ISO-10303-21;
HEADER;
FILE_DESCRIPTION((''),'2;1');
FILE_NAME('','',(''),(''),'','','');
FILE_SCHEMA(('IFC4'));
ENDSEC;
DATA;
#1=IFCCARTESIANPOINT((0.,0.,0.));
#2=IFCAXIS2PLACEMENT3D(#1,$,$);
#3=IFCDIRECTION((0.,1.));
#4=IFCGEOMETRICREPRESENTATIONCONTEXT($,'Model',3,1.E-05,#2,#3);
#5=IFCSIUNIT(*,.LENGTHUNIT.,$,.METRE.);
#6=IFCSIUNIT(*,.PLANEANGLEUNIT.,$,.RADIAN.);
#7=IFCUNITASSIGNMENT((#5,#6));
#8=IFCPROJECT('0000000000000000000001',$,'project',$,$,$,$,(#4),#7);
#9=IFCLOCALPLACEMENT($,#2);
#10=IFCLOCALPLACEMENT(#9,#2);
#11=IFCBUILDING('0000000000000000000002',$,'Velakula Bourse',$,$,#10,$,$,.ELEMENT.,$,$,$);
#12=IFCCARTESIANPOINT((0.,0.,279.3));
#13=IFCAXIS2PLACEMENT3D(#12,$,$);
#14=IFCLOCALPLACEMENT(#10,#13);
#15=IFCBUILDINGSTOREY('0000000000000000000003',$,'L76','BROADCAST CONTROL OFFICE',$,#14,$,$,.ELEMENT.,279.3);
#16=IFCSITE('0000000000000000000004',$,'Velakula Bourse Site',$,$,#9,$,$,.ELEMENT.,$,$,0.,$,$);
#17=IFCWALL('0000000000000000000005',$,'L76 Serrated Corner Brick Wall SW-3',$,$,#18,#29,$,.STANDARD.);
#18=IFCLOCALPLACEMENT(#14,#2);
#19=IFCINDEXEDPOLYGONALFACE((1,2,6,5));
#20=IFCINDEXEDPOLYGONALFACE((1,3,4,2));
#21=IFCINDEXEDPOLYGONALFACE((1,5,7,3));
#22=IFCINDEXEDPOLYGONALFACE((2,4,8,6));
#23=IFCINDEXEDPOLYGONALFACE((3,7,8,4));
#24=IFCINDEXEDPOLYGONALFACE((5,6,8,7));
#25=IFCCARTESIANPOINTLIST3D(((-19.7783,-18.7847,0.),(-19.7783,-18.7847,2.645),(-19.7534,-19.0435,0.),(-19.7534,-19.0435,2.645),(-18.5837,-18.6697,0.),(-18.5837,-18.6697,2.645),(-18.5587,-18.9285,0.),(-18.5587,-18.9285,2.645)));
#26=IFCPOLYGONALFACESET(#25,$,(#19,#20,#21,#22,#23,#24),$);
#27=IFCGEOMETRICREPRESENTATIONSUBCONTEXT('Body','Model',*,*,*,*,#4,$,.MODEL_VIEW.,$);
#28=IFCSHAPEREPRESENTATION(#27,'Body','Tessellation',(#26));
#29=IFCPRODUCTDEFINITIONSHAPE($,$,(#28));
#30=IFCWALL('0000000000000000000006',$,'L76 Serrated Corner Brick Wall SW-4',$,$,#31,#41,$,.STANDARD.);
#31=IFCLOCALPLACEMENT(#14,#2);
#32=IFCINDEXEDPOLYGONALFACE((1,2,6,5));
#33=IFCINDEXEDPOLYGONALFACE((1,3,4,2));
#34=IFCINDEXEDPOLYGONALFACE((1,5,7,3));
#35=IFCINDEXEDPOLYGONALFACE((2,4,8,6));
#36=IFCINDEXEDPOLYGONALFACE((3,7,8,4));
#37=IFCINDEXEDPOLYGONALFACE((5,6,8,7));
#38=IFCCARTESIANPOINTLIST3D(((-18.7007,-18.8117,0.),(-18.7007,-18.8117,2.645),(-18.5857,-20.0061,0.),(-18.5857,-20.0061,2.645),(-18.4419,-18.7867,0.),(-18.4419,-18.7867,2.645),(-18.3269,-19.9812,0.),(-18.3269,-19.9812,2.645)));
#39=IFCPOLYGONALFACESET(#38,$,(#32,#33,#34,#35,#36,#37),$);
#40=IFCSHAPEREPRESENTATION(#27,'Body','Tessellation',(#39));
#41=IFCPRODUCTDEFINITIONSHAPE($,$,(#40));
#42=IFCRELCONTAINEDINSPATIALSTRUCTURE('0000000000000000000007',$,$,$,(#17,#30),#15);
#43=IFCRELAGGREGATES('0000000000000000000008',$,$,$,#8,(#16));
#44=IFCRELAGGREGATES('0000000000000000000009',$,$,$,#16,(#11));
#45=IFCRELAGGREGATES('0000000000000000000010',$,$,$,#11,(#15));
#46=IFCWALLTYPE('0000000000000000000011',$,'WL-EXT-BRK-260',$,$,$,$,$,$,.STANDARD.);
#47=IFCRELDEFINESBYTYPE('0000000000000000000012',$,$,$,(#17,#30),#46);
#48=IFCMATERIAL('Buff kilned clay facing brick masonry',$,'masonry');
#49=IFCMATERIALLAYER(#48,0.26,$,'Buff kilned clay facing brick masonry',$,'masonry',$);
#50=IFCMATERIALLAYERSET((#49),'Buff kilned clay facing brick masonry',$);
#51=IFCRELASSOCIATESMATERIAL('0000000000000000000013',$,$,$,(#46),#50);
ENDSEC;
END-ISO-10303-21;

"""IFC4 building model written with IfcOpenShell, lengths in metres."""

from ifc_helpers import new_model, si_unit, direction, frame, frame_2d, origin, place, context, subcontext, project, spatial, rectangle, extrude, material, layer, layer_set, type_object, element, save


model = new_model("IFC4")

# Units and contexts
model_context = context("Model", 3, precision=1e-05, world=origin(), true_north=direction((0.0, 1.0)))
body_context = subcontext(model_context, "Body", "Model", "MODEL_VIEW")
ifc_project = project(units=[si_unit("LENGTHUNIT", "METRE"), si_unit("PLANEANGLEUNIT", "RADIAN")], contexts=[model_context])

# Site, building, storey
site_placement = place(None, origin())
site = spatial("IfcSite", under=ifc_project, at=site_placement, Name="Velakula Bourse Site", CompositionType="ELEMENT", RefElevation=0.0)
building_placement = place(site_placement, origin())
building = spatial("IfcBuilding", under=site, at=building_placement, Name="Velakula Bourse", CompositionType="ELEMENT")
storey_placement = place(building_placement, frame((0.0, 0.0, 279.3)))
storey = spatial("IfcBuildingStorey", under=building, at=storey_placement, Name="L76", Description="BROADCAST CONTROL OFFICE", CompositionType="ELEMENT", Elevation=279.3)

# Shared definitions
ifc_material_1 = material(Name="Buff kilned clay facing brick masonry", Category="masonry")
ifc_layer = layer(ifc_material_1, 0.26, Name="Buff kilned clay facing brick masonry", Category="masonry")
ifc_layer_set = layer_set([ifc_layer], Name="Buff kilned clay facing brick masonry")
wall_type = type_object("IfcWallType", Name="WL-EXT-BRK-260", PredefinedType="STANDARD", material=ifc_layer_set)

# Walls
for number, where, z_axis, x_axis, name in (
    (1, (-19.7659, -18.9141, 0.0), (0.0, 0.0, 1.0), (0.995399, 0.095817, 0.0), "L76 Serrated Corner Brick Wall SW-3"),
):
    element("IfcWall", number, at=place(storey_placement, frame(where, z_axis=z_axis, x_axis=x_axis)), inside=storey, type_object=wall_type, Name=name, PredefinedType="STANDARD", context=body_context, shape_type="SweptSolid", body=[
        extrude(rectangle(XDim=1.2002, YDim=0.26, at=frame_2d((0.6001, 0.0))), origin(), (0.0, 0.0, 1.0), 2.645),
    ])
wall_1_placement = place(storey_placement, frame((-18.5713, -18.7991, 0.0), z_axis=(0.0, 0.0, 1.0), x_axis=(0.095836, -0.995397, 0.0)))
element("IfcWall", 2, at=wall_1_placement, inside=storey, type_object=wall_type, Name="L76 Serrated Corner Brick Wall SW-4", PredefinedType="STANDARD", context=body_context, shape_type="SweptSolid", body=[
    extrude(rectangle(XDim=1.2, YDim=0.26, at=frame_2d((0.6001, 0.0))), origin(), (0.0, 0.0, 1.0), 2.645),
])

save(model, "model.ifc")
